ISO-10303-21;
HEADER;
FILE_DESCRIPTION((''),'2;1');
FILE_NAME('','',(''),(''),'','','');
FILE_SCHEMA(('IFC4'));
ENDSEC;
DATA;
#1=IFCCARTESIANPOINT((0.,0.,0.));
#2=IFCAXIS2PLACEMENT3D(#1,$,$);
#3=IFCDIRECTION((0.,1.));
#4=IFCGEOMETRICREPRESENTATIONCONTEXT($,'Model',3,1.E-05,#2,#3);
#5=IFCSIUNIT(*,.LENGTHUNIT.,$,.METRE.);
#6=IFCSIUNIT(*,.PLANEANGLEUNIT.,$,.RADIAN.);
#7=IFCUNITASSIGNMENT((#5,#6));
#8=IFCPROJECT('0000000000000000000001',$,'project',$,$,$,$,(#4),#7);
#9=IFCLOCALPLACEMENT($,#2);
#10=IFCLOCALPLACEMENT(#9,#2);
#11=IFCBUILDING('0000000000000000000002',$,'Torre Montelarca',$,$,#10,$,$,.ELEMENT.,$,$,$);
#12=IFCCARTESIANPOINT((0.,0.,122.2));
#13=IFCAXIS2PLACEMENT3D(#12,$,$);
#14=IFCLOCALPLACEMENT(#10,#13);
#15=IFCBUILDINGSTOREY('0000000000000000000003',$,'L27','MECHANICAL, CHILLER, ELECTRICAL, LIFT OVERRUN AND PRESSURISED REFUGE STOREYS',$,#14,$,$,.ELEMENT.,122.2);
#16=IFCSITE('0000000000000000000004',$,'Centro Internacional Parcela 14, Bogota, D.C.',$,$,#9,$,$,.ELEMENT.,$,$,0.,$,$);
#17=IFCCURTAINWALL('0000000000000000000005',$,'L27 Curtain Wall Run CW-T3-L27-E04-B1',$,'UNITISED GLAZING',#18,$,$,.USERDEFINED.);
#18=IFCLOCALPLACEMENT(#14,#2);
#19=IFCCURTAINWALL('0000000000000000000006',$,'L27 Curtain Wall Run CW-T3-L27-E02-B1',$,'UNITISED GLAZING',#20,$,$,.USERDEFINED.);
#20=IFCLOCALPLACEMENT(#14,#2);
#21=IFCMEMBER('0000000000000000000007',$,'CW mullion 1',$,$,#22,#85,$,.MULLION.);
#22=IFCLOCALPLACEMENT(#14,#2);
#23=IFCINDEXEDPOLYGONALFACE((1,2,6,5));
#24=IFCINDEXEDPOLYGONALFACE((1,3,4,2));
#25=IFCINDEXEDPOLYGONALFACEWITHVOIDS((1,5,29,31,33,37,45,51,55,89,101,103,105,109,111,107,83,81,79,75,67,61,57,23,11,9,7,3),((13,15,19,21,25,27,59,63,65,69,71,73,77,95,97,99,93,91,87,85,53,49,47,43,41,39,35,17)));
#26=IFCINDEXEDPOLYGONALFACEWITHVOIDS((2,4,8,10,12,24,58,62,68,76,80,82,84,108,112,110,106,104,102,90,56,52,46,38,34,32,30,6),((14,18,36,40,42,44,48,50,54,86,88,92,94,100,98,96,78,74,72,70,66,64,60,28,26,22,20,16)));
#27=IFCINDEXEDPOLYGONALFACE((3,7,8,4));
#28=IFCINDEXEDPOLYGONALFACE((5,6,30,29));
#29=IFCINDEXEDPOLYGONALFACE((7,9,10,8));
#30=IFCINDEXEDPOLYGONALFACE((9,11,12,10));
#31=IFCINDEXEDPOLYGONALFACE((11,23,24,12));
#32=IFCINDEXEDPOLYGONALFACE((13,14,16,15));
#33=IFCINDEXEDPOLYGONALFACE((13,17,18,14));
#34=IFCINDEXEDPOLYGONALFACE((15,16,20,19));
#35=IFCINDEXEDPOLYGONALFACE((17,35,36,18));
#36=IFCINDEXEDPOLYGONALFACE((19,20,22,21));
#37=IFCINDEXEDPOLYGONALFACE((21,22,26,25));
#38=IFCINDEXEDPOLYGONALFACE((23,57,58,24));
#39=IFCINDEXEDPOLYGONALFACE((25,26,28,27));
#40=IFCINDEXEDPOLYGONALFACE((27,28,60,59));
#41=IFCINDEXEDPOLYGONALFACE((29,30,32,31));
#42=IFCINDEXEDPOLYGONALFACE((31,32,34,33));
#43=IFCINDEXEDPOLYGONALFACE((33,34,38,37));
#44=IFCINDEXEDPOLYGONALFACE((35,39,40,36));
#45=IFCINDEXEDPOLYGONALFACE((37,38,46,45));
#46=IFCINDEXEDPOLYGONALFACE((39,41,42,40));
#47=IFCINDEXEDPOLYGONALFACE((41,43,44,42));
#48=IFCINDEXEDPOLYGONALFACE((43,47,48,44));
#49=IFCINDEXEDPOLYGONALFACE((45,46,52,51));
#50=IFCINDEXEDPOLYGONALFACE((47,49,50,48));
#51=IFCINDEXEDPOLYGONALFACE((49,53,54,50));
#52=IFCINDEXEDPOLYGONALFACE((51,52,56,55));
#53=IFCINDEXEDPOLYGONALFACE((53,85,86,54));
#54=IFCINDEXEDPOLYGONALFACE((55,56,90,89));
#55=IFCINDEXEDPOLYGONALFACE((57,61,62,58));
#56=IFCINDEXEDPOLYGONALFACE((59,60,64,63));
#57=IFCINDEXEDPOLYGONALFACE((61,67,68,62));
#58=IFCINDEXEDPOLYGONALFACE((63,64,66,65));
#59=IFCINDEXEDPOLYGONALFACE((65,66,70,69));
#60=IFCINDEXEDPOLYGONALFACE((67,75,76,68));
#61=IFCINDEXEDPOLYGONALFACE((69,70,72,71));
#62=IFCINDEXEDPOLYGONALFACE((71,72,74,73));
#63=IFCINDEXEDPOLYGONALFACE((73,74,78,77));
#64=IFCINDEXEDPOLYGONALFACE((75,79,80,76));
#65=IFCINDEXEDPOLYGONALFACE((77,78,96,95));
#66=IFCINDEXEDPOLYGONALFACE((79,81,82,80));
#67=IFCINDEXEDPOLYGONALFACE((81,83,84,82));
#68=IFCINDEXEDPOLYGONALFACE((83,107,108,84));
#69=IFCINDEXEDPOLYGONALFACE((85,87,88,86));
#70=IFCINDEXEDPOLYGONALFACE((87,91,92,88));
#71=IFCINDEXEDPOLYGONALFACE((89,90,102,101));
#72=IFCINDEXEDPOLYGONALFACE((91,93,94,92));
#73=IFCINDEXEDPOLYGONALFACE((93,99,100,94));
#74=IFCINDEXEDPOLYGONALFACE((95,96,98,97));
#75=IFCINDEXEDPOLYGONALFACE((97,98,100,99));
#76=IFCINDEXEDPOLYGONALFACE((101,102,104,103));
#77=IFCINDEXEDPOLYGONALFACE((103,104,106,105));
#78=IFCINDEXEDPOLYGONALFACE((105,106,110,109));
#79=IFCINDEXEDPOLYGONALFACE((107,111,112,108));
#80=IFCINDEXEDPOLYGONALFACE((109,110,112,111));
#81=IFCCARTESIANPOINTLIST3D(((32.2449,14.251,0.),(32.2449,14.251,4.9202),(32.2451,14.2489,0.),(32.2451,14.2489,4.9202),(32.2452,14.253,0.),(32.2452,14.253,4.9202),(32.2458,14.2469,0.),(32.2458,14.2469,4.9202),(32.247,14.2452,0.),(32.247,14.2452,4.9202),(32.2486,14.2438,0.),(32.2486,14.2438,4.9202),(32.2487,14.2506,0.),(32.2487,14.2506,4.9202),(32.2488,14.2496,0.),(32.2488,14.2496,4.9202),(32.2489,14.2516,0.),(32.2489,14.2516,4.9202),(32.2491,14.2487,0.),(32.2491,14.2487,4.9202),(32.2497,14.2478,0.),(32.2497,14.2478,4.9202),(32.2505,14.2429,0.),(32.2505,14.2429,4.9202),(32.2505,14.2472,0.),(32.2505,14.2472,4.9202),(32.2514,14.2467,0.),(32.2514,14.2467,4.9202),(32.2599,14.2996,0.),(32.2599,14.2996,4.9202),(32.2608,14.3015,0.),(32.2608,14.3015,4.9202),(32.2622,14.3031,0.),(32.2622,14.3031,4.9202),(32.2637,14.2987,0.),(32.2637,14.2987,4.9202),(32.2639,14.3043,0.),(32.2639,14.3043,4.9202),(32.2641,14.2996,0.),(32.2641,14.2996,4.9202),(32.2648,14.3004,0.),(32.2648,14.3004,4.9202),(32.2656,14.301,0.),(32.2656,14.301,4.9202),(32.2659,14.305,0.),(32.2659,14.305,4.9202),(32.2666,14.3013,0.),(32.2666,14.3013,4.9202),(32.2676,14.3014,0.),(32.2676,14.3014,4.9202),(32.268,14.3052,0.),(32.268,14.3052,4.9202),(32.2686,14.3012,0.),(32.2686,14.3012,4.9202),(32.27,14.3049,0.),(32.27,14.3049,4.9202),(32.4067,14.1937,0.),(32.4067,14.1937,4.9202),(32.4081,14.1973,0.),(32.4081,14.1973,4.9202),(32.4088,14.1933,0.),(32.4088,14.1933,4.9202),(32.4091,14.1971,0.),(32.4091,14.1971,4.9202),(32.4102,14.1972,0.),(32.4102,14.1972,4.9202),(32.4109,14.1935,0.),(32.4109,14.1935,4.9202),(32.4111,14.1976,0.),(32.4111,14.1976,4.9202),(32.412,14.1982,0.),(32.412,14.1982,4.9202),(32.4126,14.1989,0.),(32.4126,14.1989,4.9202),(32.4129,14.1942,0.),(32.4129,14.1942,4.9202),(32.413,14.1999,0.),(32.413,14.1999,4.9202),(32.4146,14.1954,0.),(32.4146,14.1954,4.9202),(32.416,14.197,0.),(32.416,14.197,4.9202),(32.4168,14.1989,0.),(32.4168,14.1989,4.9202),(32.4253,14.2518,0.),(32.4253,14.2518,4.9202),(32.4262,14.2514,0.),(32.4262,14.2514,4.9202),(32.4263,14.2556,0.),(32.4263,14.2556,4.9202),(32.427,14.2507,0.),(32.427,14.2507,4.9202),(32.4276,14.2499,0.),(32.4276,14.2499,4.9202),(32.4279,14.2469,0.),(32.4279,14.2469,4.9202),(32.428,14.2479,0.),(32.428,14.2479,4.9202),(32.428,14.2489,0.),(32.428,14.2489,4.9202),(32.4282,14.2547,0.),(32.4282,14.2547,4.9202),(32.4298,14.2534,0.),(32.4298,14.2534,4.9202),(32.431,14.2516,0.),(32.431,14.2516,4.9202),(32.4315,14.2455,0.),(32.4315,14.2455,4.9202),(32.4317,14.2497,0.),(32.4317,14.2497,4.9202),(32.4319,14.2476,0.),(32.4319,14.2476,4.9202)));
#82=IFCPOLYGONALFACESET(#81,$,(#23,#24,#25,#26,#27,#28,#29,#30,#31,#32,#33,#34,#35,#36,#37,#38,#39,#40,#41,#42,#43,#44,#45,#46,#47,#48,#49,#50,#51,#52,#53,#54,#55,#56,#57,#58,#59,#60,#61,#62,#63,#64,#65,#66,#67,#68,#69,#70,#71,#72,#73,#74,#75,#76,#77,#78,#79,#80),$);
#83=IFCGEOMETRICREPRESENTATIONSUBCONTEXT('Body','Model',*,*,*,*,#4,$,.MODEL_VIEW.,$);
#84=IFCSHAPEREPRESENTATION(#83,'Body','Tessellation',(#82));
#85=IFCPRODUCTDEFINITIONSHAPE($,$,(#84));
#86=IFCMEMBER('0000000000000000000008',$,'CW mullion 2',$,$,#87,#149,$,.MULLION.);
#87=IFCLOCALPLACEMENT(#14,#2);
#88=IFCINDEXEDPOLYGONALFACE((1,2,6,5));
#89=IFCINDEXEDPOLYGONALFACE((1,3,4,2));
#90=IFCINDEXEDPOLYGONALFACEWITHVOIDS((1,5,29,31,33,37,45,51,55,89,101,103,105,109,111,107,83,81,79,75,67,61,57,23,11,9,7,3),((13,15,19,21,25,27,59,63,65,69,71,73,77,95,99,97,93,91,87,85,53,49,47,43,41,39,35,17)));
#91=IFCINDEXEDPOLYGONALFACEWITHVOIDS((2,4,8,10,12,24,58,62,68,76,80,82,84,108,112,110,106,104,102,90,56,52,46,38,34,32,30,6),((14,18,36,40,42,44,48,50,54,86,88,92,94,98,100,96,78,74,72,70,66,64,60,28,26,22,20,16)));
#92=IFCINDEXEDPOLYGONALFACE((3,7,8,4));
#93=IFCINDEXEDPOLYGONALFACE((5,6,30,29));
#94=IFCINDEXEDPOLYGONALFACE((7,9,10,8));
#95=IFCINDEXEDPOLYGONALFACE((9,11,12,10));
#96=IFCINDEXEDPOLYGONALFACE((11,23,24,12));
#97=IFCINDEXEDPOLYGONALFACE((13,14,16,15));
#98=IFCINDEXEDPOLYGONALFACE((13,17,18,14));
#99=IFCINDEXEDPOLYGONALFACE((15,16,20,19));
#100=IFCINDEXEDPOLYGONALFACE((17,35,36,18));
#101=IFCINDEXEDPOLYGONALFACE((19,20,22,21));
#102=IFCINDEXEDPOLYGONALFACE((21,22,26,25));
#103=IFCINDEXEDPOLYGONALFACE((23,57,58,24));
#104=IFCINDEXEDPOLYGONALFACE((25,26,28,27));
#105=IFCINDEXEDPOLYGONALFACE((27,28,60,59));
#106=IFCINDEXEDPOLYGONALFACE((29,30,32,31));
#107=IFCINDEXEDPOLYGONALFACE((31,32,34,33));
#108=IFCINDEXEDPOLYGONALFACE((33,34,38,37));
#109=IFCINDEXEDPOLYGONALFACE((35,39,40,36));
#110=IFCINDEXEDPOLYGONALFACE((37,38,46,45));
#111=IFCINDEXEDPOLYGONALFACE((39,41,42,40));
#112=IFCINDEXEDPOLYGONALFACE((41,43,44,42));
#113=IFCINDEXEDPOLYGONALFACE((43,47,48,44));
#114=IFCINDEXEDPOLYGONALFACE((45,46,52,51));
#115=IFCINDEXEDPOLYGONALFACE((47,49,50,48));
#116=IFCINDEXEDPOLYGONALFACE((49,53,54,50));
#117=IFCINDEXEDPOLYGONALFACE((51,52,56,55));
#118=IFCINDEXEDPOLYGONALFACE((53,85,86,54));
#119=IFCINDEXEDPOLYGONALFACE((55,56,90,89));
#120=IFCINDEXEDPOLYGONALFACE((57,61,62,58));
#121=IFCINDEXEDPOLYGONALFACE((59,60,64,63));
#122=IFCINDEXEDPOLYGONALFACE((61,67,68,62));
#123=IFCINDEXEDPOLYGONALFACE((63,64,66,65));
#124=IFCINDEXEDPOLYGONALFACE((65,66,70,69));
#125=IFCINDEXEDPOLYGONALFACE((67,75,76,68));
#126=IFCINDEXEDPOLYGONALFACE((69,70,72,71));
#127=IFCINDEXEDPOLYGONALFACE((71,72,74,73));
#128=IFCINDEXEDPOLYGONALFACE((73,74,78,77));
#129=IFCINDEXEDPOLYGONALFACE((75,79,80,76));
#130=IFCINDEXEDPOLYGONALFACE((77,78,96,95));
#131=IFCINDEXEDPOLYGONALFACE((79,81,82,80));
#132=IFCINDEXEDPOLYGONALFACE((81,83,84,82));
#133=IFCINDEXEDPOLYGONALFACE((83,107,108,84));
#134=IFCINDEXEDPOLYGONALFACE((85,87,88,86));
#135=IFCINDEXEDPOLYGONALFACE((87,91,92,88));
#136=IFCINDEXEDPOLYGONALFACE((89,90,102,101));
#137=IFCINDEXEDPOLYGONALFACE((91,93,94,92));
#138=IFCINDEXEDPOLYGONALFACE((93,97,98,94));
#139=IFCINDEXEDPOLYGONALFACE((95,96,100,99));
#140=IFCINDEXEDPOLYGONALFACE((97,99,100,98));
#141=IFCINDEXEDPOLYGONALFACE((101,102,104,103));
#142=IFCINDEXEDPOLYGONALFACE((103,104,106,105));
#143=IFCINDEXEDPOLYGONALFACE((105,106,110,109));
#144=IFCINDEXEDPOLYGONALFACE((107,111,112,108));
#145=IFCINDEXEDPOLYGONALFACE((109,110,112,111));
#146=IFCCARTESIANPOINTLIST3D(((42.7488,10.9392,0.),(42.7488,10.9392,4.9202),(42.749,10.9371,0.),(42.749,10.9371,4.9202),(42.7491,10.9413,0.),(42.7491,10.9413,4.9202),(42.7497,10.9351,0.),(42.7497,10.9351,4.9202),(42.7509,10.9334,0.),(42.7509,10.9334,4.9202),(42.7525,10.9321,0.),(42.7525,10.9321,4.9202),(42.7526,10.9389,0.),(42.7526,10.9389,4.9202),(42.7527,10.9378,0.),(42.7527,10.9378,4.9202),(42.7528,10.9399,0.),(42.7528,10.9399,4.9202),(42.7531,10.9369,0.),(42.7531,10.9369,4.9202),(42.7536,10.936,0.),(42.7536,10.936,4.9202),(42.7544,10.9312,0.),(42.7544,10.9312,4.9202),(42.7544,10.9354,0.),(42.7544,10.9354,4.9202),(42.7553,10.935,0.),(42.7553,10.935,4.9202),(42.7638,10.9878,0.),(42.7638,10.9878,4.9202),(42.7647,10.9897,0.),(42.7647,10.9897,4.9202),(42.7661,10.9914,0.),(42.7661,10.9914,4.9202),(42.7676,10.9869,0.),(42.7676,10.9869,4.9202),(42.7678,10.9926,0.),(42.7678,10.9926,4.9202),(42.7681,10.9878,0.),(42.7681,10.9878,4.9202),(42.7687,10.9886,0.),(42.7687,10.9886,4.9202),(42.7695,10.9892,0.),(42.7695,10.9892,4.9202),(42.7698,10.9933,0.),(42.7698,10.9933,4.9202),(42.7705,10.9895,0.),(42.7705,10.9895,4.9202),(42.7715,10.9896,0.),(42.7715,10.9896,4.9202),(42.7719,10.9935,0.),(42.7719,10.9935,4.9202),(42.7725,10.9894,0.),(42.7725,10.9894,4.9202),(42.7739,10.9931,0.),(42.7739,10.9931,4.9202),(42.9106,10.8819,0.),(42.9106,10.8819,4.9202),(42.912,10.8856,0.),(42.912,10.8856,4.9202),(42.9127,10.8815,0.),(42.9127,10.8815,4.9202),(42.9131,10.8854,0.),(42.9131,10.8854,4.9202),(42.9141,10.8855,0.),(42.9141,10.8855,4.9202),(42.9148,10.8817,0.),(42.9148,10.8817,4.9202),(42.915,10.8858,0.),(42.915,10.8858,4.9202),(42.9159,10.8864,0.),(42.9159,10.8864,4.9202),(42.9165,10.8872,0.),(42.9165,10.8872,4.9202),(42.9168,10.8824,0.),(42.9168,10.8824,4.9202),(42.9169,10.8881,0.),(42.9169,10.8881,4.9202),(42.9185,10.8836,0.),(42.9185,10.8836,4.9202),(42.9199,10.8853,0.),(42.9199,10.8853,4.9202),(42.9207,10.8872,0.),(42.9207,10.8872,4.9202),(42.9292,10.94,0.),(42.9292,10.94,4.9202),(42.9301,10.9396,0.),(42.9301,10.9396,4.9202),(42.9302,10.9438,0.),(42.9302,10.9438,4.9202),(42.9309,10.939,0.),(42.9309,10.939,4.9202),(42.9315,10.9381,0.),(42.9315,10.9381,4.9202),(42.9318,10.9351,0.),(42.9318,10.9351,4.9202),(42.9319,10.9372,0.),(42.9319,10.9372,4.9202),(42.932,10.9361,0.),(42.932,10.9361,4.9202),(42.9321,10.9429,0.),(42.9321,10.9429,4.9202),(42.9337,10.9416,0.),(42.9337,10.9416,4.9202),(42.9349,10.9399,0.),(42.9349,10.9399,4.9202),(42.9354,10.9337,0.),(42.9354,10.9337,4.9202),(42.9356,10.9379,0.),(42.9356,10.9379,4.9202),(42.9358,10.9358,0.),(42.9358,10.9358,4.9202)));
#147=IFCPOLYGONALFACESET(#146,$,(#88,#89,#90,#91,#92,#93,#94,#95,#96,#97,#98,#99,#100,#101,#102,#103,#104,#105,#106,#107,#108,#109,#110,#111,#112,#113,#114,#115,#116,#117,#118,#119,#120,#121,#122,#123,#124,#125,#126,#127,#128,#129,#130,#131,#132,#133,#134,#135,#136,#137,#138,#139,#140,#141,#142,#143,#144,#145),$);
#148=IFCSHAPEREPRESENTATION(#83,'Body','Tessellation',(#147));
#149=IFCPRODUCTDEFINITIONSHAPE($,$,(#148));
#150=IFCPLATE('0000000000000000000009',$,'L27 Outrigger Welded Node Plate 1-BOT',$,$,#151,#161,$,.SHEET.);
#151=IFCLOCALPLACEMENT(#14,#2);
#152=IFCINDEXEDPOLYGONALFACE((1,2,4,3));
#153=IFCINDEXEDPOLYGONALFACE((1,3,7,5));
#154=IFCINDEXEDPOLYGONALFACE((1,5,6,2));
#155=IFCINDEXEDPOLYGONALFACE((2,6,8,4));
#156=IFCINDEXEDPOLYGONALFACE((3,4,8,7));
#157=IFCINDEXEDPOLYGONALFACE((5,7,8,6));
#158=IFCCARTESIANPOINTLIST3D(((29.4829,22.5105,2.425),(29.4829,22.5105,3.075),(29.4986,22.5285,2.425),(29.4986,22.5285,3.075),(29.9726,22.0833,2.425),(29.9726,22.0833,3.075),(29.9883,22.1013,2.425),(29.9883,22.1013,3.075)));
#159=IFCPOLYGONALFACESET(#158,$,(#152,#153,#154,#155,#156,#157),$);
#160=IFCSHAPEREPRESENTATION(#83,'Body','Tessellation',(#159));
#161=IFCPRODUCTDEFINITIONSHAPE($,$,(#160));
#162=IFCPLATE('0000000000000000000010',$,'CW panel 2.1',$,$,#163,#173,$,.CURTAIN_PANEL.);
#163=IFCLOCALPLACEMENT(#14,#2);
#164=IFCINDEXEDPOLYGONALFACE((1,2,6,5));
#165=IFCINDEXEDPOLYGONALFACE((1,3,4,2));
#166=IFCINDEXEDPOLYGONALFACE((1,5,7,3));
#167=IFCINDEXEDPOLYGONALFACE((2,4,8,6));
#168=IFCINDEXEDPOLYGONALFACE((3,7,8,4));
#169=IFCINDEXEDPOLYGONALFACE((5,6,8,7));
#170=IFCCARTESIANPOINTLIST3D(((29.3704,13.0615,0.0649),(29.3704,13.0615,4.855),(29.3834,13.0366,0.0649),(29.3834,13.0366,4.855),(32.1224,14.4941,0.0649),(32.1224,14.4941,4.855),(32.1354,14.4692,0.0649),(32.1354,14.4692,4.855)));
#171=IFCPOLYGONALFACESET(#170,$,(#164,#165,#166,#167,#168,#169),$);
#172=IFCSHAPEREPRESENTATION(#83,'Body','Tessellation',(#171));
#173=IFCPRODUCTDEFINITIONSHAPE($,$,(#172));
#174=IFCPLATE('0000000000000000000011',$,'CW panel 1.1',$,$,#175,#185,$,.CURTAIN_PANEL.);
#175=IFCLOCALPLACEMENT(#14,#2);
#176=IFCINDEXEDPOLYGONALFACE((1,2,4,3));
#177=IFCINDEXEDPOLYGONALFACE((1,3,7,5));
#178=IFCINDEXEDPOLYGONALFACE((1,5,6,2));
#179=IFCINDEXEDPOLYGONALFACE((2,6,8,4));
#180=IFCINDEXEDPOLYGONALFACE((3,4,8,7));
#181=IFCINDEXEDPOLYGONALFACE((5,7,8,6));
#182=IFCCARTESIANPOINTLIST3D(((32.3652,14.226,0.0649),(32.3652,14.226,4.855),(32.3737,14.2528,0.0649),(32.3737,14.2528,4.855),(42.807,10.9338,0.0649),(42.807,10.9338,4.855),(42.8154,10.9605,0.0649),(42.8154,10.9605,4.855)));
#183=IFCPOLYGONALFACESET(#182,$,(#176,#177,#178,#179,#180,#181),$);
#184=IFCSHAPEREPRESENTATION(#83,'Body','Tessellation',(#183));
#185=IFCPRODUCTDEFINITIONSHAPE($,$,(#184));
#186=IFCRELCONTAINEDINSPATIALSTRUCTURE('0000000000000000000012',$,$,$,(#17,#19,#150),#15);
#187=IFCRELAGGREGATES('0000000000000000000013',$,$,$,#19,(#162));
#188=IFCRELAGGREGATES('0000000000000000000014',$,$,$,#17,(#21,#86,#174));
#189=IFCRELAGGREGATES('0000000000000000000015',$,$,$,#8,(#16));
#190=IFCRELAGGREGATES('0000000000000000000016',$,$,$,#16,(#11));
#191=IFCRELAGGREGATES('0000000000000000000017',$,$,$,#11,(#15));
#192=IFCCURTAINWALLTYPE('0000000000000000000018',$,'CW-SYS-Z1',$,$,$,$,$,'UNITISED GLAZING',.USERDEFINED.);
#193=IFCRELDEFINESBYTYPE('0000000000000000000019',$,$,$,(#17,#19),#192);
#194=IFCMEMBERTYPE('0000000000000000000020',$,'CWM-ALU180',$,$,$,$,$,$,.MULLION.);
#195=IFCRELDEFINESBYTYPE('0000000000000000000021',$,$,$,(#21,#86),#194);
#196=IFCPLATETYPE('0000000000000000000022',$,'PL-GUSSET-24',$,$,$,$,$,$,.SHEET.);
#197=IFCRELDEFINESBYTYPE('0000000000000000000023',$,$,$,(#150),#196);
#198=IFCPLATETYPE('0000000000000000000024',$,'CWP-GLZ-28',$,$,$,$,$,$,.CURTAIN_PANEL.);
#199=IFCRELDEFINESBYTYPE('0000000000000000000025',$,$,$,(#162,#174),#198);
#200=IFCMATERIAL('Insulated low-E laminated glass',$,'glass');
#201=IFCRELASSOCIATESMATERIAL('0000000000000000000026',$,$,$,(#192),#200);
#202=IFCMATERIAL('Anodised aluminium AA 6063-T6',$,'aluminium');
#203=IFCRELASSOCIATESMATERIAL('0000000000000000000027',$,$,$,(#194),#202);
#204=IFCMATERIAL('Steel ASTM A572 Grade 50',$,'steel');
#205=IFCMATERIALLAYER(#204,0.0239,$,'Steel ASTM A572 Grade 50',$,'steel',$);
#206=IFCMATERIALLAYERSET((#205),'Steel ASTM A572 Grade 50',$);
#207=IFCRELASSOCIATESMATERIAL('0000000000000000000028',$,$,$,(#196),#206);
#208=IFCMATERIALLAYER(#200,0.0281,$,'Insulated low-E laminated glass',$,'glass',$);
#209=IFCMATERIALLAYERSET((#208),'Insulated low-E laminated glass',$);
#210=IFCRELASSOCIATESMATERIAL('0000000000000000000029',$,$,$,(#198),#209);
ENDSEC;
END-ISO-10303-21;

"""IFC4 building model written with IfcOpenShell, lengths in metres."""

from ifc_helpers import new_model, si_unit, direction, frame, origin, origin_2d, place, context, subcontext, project, spatial, rectangle, hollow_rectangle, extrude, source, transform, mapped, material, layer, layer_set, material_profile, profile_set, type_object, element, aggregate, save


model = new_model("IFC4")

# Units and contexts
model_context = context("Model", 3, precision=1e-05, world=origin(), true_north=direction((0.0, 1.0)))
body_context = subcontext(model_context, "Body", "Model", "MODEL_VIEW")
ifc_project = project(units=[si_unit("LENGTHUNIT", "METRE"), si_unit("PLANEANGLEUNIT", "RADIAN")], contexts=[model_context])

# Site, building, storey
site_placement = place(None, origin())
site = spatial("IfcSite", under=ifc_project, at=site_placement, Name="Centro Internacional Parcela 14, Bogota, D.C.", CompositionType="ELEMENT", RefElevation=0.0)
building_placement = place(site_placement, origin())
building = spatial("IfcBuilding", under=site, at=building_placement, Name="Torre Montelarca", CompositionType="ELEMENT")
storey_placement = place(building_placement, frame((0.0, 0.0, 122.2)))
storey = spatial("IfcBuildingStorey", under=building, at=storey_placement, Name="L27", Description="MECHANICAL, CHILLER, ELECTRICAL, LIFT OVERRUN AND PRESSURISED REFUGE STOREYS", CompositionType="ELEMENT", Elevation=122.2)

# Curtain wall
ifc_material_1 = material(Name="Insulated low-E laminated glass", Category="glass")
curtain_wall_type = type_object("IfcCurtainWallType", Name="CW-SYS-Z1", ElementType="UNITISED GLAZING", PredefinedType="USERDEFINED", material=ifc_material_1)
curtain_wall_1_placement = place(storey_placement, origin())
curtain_wall_1 = element("IfcCurtainWall", 1, at=curtain_wall_1_placement, inside=storey, type_object=curtain_wall_type, Name="L27 Curtain Wall Run CW-T3-L27-E04-B1", ObjectType="UNITISED GLAZING", PredefinedType="USERDEFINED")
ifc_material_2 = material(Name="Anodised aluminium AA 6063-T6", Category="aluminium")

# Curtain wall
curtain_wall_2_placement = place(storey_placement, origin())
curtain_wall_2 = element("IfcCurtainWall", 2, at=curtain_wall_2_placement, inside=storey, type_object=curtain_wall_type, Name="L27 Curtain Wall Run CW-T3-L27-E02-B1", ObjectType="UNITISED GLAZING", PredefinedType="USERDEFINED")
ifc_material_profile_1 = material_profile(ifc_material_2, hollow_rectangle(XDim=0.0649, YDim=0.1799, WallThickness=0.0039, InnerFilletRadius=0.0039, OuterFilletRadius=0.0081, at=origin_2d()), Name="ALU65X180X4", Category="aluminium")
ifc_profile_set_1 = profile_set([ifc_material_profile_1], Name="Anodised aluminium AA 6063-T6")
member_type_1 = type_object("IfcMemberType", Name="CWM-ALU180", PredefinedType="MULLION", material=ifc_profile_set_1)
shared_shape_1 = source(origin(), body_context, "Body", "SweptSolid", [
    extrude(hollow_rectangle(XDim=0.0649, YDim=0.1799, WallThickness=0.0039, InnerFilletRadius=0.0039, OuterFilletRadius=0.0081, at=origin_2d()), origin(), (0.0, 0.0, 1.0), 4.9202),
])

# Members
member_1_placement = place(storey_placement, frame((32.3384, 14.2493, 0.0), z_axis=(0.0, 0.0, 1.0), x_axis=(0.300701, 0.953719, 0.0)))
member_1 = element("IfcMember", 3, at=member_1_placement, type_object=member_type_1, Name="CW mullion 1", PredefinedType="MULLION", context=body_context, shape_type="MappedRepresentation", body=[
    mapped(shared_shape_1, transform((0.0, 0.0, 0.0), scale=1.0)),
])
member_2_placement = place(storey_placement, frame((42.8423, 10.9375, 0.0), z_axis=(0.0, 0.0, 1.0), x_axis=(0.300701, 0.953719, 0.0)))
member_2 = element("IfcMember", 4, at=member_2_placement, type_object=member_type_1, Name="CW mullion 2", PredefinedType="MULLION", context=body_context, shape_type="MappedRepresentation", body=[
    mapped(shared_shape_1, transform((0.0, 0.0, 0.0), scale=1.0)),
])

# Plates
ifc_material_3 = material(Name="Steel ASTM A572 Grade 50", Category="steel")
ifc_layer_1 = layer(ifc_material_3, 0.0239, Name="Steel ASTM A572 Grade 50", Category="steel")
ifc_layer_set_1 = layer_set([ifc_layer_1], Name="Steel ASTM A572 Grade 50")
plate_type_1 = type_object("IfcPlateType", Name="PL-GUSSET-24", PredefinedType="SHEET", material=ifc_layer_set_1)
shared_shape_2 = source(origin(), body_context, "Body", "SweptSolid", [
    extrude(rectangle(XDim=0.6499, YDim=0.0239, at=origin_2d()), origin(), (0.0, 0.0, 1.0), 0.6499),
])
plate_1_placement = place(storey_placement, frame((29.7356, 22.3059, 2.425), z_axis=(0.0, 0.0, 1.0), x_axis=(-0.753563, 0.657375, 0.0)))
element("IfcPlate", 5, at=plate_1_placement, inside=storey, type_object=plate_type_1, Name="L27 Outrigger Welded Node Plate 1-BOT", PredefinedType="SHEET", context=body_context, shape_type="MappedRepresentation", body=[
    mapped(shared_shape_2, transform((0.0, 0.0, 0.0), scale=1.0)),
])
ifc_layer_2 = layer(ifc_material_1, 0.0281, Name="Insulated low-E laminated glass", Category="glass")
ifc_layer_set_2 = layer_set([ifc_layer_2], Name="Insulated low-E laminated glass")
plate_type_2 = type_object("IfcPlateType", Name="CWP-GLZ-28", PredefinedType="CURTAIN_PANEL", material=ifc_layer_set_2)
shared_shape_3 = source(origin(), body_context, "Body", "SweptSolid", [
    extrude(rectangle(XDim=3.1025, YDim=0.0281, at=origin_2d()), origin(), (0.0, 0.0, 1.0), 4.79),
])
plate_2_placement = place(storey_placement, frame((30.7529, 13.7654, 0.0649), z_axis=(0.0, 0.0, 1.0), x_axis=(0.887015, 0.461741, 0.0)))
plate_2 = element("IfcPlate", 6, at=plate_2_placement, type_object=plate_type_2, Name="CW panel 2.1", PredefinedType="CURTAIN_PANEL", context=body_context, shape_type="MappedRepresentation", body=[
    mapped(shared_shape_3, transform((0.0, 0.0, 0.0), scale=1.0)),
])
aggregate(curtain_wall_2, [plate_2])
shared_shape_4 = source(origin(), body_context, "Body", "SweptSolid", [
    extrude(rectangle(XDim=10.9485, YDim=0.0281, at=origin_2d()), origin(), (0.0, 0.0, 1.0), 4.79),
])
plate_3_placement = place(storey_placement, frame((37.5903, 12.5933, 0.0649), z_axis=(0.0, 0.0, 1.0), x_axis=(0.953719, -0.300701, 0.0)))
plate_3 = element("IfcPlate", 7, at=plate_3_placement, type_object=plate_type_2, Name="CW panel 1.1", PredefinedType="CURTAIN_PANEL", context=body_context, shape_type="MappedRepresentation", body=[
    mapped(shared_shape_4, transform((0.0, 0.0, 0.0), scale=1.0)),
])
aggregate(curtain_wall_1, [member_1, member_2, plate_3])

save(model, "model.ifc")
